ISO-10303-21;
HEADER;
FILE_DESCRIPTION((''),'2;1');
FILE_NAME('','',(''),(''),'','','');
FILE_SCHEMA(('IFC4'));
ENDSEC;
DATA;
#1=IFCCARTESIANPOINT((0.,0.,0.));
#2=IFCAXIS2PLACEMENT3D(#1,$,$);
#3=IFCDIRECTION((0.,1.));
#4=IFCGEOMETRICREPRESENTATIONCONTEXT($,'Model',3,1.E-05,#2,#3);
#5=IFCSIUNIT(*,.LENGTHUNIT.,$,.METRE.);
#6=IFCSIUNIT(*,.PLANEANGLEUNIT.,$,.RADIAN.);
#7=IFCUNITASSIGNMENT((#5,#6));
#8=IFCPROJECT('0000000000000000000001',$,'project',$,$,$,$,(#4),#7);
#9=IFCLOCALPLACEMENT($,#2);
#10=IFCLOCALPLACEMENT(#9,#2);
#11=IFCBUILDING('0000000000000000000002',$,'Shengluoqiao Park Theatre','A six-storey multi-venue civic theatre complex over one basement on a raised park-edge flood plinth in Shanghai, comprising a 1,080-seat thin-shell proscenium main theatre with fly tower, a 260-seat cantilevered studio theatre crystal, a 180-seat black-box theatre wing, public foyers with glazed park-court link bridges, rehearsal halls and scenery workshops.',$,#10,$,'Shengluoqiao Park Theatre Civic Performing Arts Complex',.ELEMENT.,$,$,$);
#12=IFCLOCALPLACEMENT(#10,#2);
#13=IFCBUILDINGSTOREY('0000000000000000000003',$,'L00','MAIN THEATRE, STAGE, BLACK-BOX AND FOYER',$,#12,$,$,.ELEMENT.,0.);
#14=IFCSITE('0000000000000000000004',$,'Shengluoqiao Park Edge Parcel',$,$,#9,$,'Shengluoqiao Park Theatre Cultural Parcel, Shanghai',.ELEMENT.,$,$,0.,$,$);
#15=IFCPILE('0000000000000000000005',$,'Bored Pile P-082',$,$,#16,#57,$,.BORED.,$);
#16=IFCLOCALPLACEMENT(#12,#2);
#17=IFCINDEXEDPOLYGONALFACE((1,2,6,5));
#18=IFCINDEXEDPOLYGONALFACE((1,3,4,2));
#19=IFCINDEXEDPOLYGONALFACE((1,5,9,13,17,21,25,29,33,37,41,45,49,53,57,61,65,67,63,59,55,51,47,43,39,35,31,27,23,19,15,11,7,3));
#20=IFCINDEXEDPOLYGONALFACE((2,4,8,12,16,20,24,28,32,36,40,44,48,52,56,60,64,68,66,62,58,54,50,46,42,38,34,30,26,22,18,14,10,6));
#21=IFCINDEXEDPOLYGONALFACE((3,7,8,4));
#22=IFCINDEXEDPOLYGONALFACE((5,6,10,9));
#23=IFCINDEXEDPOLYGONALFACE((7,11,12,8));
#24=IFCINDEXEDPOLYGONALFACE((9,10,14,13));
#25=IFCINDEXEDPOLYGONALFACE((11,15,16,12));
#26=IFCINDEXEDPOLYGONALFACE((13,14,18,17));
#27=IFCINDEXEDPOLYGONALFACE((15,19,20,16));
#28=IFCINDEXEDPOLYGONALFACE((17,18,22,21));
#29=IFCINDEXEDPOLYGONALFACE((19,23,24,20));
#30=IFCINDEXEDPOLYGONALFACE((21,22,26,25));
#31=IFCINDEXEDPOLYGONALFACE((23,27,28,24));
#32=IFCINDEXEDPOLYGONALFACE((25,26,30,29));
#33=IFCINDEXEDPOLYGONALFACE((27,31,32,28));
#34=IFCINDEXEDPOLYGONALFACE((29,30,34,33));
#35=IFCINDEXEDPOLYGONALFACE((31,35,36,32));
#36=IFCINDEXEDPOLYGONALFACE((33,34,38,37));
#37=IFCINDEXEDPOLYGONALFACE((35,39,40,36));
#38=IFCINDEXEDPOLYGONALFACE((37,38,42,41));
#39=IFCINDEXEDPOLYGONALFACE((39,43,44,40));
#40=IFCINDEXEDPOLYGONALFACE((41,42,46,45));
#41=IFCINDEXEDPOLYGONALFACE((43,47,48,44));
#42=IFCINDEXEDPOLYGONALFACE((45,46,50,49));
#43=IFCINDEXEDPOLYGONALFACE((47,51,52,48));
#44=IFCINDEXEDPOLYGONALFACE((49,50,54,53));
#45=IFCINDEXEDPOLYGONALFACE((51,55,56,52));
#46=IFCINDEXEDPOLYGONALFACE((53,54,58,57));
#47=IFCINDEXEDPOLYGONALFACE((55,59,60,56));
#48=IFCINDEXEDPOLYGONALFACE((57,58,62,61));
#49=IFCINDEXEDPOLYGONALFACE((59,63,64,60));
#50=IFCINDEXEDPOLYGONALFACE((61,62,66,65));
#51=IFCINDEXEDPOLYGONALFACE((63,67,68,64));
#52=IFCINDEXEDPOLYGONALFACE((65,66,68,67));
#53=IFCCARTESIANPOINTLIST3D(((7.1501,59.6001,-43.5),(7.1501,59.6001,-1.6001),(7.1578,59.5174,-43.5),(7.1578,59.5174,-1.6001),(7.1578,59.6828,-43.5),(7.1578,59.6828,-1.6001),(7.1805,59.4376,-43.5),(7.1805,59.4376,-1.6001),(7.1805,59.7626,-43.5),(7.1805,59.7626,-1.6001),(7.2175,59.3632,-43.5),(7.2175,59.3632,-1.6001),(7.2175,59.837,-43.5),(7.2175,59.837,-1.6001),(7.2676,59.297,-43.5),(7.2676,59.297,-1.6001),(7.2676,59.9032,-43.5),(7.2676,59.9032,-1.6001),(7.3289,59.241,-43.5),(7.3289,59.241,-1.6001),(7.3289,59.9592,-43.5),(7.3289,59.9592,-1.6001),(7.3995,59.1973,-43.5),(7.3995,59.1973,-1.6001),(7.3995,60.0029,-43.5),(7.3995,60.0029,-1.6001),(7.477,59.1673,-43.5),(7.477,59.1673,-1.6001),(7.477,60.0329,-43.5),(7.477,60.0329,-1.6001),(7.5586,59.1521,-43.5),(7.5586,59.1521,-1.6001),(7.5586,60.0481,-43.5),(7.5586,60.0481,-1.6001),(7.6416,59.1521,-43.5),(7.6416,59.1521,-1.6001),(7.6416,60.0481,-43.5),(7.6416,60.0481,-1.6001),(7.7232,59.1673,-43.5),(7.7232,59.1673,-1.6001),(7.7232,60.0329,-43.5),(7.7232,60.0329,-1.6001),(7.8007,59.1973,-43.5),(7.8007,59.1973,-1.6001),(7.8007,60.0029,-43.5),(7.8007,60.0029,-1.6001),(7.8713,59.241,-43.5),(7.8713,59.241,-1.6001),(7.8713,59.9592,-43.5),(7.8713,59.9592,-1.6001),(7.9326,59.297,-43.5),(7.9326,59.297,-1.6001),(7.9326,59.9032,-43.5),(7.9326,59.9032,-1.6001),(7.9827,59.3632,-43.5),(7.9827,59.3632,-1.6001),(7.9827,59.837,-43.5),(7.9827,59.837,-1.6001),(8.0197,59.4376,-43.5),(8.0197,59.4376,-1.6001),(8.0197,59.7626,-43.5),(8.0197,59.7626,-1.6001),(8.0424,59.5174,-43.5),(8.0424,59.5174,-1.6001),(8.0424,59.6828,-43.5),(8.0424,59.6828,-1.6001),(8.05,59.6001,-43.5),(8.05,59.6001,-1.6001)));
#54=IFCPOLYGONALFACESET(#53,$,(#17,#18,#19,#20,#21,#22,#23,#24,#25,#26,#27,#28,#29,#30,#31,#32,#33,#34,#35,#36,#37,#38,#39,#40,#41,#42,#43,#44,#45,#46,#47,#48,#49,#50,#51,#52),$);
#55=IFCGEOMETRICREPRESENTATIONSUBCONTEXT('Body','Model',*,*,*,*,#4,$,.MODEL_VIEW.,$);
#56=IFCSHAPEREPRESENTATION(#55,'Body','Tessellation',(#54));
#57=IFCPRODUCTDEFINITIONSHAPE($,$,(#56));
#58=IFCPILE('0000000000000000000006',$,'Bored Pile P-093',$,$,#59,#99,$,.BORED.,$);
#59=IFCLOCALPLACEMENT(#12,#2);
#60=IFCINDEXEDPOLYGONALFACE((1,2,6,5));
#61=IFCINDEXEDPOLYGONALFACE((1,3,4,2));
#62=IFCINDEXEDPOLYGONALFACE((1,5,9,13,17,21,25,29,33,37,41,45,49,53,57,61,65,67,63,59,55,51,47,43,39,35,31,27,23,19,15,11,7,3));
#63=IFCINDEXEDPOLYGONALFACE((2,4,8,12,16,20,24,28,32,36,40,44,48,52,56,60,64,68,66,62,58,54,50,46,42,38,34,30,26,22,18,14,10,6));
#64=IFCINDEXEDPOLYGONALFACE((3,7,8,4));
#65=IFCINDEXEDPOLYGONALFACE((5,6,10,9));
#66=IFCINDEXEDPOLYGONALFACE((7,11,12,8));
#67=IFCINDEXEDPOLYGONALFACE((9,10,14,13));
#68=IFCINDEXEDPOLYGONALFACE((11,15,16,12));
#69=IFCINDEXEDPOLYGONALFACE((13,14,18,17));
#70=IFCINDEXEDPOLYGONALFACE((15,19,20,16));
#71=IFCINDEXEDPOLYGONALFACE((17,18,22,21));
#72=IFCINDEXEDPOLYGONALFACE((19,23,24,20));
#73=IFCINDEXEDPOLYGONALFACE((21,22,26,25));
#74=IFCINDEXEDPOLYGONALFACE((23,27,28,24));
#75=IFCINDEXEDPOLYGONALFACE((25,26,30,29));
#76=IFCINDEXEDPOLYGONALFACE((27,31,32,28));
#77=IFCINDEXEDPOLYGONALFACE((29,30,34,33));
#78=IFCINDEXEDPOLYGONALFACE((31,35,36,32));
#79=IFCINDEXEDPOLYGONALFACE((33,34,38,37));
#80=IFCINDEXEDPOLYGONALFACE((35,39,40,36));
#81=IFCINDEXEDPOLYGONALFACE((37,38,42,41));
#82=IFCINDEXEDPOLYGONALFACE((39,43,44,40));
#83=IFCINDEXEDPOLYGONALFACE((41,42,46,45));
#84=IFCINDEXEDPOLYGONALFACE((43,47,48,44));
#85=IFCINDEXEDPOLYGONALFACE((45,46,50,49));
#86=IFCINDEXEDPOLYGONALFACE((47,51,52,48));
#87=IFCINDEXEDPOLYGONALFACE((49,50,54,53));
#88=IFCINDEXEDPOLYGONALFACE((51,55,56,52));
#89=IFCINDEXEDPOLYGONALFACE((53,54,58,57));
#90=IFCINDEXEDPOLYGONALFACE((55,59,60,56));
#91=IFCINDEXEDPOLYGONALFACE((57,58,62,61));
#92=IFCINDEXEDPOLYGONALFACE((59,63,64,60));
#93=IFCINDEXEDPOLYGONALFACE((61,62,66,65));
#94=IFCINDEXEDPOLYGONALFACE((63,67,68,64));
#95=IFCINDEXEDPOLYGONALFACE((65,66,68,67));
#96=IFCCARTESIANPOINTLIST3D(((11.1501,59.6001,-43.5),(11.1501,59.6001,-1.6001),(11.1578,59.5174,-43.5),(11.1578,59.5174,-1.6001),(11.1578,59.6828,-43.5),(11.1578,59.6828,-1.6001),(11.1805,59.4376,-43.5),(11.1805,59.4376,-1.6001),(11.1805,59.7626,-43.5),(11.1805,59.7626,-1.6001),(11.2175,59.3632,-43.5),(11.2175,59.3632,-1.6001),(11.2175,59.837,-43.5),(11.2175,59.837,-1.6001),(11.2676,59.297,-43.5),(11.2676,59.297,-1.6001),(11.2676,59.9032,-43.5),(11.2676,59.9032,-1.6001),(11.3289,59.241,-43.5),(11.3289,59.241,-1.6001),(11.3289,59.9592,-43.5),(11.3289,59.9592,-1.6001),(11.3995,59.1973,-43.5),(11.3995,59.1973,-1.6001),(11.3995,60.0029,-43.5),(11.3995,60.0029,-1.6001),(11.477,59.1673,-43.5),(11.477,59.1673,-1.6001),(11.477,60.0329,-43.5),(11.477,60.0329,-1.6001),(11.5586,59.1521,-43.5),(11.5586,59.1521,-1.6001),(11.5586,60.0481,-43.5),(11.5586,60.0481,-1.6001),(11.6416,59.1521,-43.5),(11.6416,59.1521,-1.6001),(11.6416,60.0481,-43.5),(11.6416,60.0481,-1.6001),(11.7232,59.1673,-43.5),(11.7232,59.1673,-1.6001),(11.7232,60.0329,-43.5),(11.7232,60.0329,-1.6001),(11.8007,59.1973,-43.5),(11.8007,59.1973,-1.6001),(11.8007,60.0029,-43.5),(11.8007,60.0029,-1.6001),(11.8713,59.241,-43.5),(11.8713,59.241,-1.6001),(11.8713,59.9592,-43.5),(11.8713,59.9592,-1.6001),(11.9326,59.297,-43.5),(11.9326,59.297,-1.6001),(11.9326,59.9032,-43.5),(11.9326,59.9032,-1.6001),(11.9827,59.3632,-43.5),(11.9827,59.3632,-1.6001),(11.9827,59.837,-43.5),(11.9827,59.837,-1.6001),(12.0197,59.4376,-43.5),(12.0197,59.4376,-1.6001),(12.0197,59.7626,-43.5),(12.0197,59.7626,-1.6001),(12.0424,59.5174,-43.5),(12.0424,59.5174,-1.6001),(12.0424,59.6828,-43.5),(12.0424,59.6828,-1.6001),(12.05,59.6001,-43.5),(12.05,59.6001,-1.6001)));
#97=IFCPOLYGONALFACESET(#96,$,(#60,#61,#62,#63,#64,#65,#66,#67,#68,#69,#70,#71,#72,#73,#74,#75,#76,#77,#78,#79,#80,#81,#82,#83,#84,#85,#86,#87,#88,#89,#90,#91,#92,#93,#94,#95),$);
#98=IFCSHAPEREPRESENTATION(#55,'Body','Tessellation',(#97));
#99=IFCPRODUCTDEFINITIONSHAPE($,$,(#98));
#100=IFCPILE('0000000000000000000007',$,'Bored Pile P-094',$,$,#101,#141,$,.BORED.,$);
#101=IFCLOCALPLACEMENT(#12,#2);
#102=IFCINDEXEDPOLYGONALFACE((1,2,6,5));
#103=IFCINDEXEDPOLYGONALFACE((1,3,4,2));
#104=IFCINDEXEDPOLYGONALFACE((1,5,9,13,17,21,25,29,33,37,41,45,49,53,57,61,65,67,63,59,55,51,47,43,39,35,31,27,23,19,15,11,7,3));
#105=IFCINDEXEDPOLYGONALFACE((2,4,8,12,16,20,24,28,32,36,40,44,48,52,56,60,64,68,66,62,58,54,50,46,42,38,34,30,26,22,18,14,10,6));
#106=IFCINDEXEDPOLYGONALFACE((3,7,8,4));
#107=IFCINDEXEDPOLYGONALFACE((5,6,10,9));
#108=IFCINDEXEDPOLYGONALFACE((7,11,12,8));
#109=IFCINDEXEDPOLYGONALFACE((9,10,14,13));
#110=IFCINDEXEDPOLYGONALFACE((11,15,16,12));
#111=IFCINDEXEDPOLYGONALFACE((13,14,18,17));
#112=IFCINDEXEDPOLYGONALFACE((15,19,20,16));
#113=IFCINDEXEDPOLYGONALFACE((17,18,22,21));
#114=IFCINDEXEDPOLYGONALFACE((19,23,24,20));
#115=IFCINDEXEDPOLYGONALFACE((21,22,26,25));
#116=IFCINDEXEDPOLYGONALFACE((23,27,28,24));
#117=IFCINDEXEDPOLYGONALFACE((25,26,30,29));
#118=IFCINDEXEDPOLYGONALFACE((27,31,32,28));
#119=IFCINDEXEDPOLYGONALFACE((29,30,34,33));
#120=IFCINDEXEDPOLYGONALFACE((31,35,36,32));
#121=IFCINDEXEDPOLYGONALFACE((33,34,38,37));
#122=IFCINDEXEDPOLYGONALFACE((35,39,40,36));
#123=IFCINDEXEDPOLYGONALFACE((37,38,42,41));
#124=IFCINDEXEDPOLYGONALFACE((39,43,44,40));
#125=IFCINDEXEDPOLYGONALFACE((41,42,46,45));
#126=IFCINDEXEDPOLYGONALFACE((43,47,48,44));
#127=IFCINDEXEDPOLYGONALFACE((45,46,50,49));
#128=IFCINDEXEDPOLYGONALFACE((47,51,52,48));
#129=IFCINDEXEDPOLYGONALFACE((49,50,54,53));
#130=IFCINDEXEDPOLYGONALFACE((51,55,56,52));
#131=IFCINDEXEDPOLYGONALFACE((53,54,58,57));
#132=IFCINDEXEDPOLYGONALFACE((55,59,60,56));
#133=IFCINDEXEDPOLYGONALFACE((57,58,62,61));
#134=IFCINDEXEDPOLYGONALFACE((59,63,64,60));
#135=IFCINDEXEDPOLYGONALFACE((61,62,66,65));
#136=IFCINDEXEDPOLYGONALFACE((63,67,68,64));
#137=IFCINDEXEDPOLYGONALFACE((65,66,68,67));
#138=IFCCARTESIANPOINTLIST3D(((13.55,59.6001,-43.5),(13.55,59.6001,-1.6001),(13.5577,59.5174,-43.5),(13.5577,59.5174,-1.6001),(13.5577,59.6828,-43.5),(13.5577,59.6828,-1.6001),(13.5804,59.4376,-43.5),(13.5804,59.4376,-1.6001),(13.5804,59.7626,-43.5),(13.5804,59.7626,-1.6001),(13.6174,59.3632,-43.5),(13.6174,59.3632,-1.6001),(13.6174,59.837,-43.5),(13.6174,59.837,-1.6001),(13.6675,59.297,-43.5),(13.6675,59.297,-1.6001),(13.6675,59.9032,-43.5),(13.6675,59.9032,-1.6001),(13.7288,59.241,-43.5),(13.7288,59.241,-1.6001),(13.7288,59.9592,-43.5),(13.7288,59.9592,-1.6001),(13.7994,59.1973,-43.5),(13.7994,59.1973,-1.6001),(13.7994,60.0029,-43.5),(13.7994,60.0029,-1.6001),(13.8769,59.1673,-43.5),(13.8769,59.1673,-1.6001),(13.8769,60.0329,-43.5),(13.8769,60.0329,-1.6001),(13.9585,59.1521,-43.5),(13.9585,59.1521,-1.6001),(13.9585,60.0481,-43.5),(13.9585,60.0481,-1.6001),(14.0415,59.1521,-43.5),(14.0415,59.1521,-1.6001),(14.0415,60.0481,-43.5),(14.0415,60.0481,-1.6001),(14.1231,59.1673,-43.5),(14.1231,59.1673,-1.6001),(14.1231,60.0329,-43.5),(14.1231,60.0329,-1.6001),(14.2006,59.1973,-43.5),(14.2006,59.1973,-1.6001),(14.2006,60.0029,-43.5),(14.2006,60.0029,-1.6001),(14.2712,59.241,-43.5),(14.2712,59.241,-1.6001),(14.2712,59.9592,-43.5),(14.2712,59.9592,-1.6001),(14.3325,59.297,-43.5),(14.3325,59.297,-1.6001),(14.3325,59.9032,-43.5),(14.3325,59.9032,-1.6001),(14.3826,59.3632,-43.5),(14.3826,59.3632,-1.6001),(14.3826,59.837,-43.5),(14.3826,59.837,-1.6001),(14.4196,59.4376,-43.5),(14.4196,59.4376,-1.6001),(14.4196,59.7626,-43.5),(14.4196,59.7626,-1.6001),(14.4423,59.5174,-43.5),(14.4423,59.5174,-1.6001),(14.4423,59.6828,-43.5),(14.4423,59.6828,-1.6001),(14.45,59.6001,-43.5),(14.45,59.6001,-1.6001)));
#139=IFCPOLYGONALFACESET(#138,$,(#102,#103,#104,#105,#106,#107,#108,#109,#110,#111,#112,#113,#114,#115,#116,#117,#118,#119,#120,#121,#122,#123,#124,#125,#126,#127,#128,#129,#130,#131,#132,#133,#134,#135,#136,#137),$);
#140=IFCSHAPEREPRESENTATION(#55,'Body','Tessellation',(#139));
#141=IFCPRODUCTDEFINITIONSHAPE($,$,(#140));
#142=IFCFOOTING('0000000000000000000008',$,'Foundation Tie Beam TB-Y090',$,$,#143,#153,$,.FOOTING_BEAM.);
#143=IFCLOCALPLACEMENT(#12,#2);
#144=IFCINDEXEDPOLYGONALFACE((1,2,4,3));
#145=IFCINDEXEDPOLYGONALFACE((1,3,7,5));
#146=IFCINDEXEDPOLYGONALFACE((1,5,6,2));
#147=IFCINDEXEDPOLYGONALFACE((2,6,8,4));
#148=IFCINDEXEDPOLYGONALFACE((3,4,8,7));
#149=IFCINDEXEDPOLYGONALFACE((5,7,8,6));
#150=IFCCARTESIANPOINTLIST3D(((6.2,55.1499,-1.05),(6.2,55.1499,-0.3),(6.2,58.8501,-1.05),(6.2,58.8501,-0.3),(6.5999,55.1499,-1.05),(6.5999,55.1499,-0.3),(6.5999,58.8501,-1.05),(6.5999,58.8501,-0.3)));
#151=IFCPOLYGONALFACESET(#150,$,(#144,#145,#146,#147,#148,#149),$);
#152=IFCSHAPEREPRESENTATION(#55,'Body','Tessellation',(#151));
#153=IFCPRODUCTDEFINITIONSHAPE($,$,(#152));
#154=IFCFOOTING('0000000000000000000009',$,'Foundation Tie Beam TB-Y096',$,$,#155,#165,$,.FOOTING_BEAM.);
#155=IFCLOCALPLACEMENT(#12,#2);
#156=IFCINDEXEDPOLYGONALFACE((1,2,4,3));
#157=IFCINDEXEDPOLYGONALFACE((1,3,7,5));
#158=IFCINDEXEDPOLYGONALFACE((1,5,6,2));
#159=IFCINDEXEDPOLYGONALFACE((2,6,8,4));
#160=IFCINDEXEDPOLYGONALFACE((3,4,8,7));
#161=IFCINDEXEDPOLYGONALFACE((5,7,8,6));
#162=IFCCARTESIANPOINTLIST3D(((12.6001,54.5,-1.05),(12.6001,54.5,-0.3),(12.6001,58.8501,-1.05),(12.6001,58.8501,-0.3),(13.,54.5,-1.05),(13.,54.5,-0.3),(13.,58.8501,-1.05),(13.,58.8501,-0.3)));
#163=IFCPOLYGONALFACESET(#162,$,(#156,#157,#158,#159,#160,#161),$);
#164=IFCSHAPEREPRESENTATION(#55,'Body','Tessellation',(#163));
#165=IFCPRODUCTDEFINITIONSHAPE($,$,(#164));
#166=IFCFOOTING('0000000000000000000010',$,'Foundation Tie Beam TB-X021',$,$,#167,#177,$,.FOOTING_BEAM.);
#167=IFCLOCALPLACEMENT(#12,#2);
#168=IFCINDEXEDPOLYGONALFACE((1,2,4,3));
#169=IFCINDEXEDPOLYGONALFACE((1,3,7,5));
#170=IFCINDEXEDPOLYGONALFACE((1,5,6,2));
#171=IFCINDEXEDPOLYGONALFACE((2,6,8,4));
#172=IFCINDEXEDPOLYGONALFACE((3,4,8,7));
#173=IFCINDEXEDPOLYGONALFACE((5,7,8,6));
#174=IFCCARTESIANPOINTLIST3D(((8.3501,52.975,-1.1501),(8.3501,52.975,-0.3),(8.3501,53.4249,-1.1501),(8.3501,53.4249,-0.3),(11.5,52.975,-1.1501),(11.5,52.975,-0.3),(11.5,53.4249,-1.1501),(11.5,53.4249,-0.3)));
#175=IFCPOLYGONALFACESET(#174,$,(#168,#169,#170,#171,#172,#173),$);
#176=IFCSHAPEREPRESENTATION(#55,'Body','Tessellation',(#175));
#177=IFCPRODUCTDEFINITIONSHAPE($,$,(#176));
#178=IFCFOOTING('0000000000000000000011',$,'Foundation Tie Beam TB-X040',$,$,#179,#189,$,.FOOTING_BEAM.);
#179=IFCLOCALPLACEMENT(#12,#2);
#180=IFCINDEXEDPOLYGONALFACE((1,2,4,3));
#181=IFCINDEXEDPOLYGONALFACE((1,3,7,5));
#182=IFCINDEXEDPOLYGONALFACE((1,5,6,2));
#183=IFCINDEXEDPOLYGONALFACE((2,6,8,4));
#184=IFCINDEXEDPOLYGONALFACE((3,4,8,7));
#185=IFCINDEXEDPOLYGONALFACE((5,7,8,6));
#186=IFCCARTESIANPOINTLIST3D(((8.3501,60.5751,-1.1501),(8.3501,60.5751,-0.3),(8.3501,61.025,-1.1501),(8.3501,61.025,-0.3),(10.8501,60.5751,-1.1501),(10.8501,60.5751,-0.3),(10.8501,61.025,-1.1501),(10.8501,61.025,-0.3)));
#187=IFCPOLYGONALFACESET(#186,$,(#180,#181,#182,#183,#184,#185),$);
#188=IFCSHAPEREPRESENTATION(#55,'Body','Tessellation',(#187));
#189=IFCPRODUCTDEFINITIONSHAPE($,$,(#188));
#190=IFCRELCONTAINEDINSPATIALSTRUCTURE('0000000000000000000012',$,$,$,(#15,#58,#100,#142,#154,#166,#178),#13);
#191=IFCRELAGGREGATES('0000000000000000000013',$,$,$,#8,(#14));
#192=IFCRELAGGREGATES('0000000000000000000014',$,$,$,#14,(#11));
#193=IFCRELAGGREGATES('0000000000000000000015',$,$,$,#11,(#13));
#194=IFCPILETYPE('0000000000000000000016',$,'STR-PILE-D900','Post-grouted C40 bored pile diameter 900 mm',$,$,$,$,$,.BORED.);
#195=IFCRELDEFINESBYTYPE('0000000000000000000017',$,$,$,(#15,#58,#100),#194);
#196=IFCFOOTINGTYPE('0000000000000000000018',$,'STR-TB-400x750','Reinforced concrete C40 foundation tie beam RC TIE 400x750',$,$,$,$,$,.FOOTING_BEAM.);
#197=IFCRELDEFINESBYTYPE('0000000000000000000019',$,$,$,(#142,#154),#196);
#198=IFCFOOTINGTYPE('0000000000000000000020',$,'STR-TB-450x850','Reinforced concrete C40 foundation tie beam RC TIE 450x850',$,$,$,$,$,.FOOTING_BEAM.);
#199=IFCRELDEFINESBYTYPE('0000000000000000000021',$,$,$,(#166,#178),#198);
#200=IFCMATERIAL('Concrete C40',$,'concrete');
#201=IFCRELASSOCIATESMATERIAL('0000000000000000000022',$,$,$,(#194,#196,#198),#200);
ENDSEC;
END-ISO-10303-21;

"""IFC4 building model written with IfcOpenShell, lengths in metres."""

from ifc_helpers import new_model, si_unit, direction, frame, origin, origin_2d, place, context, subcontext, project, spatial, rectangle, circle, extrude, material, material_profile, profile_set, type_object, element, save


model = new_model("IFC4")

# Units and contexts
model_context = context("Model", 3, precision=1e-05, world=origin(), true_north=direction((0.0, 1.0)))
body_context = subcontext(model_context, "Body", "Model", "MODEL_VIEW")
ifc_project = project(units=[si_unit("LENGTHUNIT", "METRE"), si_unit("PLANEANGLEUNIT", "RADIAN")], contexts=[model_context])

# Site, building, storey
site_placement = place(None, origin())
site = spatial("IfcSite", under=ifc_project, at=site_placement, Name="Shengluoqiao Park Edge Parcel", LongName="Shengluoqiao Park Theatre Cultural Parcel, Shanghai", CompositionType="ELEMENT", RefElevation=0.0)
building_placement = place(site_placement, origin())
building = spatial("IfcBuilding", under=site, at=building_placement, Name="Shengluoqiao Park Theatre", Description="A six-storey multi-venue civic theatre complex over one basement on a raised park-edge flood plinth in Shanghai, comprising a 1,080-seat thin-shell proscenium main theatre with fly tower, a 260-seat cantilevered studio theatre crystal, a 180-seat black-box theatre wing, public foyers with glazed park-court link bridges, rehearsal halls and scenery workshops.", LongName="Shengluoqiao Park Theatre Civic Performing Arts Complex", CompositionType="ELEMENT")
storey_placement = place(building_placement, origin())
storey = spatial("IfcBuildingStorey", under=building, at=storey_placement, Name="L00", Description="MAIN THEATRE, STAGE, BLACK-BOX AND FOYER", CompositionType="ELEMENT", Elevation=0.0)

# Shared definitions
ifc_material_1 = material(Name="Concrete C40", Category="concrete")

# Piles
ifc_material_profile_1 = material_profile(ifc_material_1, circle(Radius=0.45, at=origin_2d()), Name="BORED PILE D900")
ifc_profile_set_1 = profile_set([ifc_material_profile_1], Name="Concrete C40")
pile_type = type_object("IfcPileType", Name="STR-PILE-D900", Description="Post-grouted C40 bored pile diameter 900 mm", PredefinedType="BORED", material=ifc_profile_set_1)
for number, where, z_axis, x_axis, name in (
    (1, (7.6001, 59.6001, -1.6001), (0.0, 0.0, -1.0), (1.0, 0.0, 0.0), "Bored Pile P-082"),
    (2, (11.6001, 59.6001, -1.6001), (0.0, 0.0, -1.0), (1.0, 0.0, 0.0), "Bored Pile P-093"),
    (3, (14.0, 59.6001, -1.6001), (0.0, 0.0, -1.0), (1.0, 0.0, 0.0), "Bored Pile P-094"),
):
    element("IfcPile", number, at=place(storey_placement, frame(where, z_axis=z_axis, x_axis=x_axis)), inside=storey, type_object=pile_type, Name=name, PredefinedType="BORED", context=body_context, shape_type="SweptSolid", body=[
        extrude(circle(Radius=0.45, at=origin_2d()), origin(), (0.0, 0.0, 1.0), 41.8999),
    ])

# Footings
ifc_material_profile_2 = material_profile(ifc_material_1, rectangle(XDim=0.3999, YDim=0.75, at=origin_2d()), Name="RC TIE 400x750")
ifc_profile_set_2 = profile_set([ifc_material_profile_2], Name="Concrete C40")
footing_type_1 = type_object("IfcFootingType", Name="STR-TB-400x750", Description="Reinforced concrete C40 foundation tie beam RC TIE 400x750", PredefinedType="FOOTING_BEAM", material=ifc_profile_set_2)
footing_1_placement = place(storey_placement, frame((6.3999, 55.1499, -0.675), z_axis=(0.0, 1.0, 0.0), x_axis=(-1.0, 0.0, 0.0)))
element("IfcFooting", 4, at=footing_1_placement, inside=storey, type_object=footing_type_1, Name="Foundation Tie Beam TB-Y090", PredefinedType="FOOTING_BEAM", context=body_context, shape_type="SweptSolid", body=[
    extrude(rectangle(XDim=0.3999, YDim=0.75, at=origin_2d()), origin(), (0.0, 0.0, 1.0), 3.7002),
])
footing_2_placement = place(storey_placement, frame((12.8, 54.5, -0.675), z_axis=(0.0, 1.0, 0.0), x_axis=(-1.0, 0.0, 0.0)))
element("IfcFooting", 5, at=footing_2_placement, inside=storey, type_object=footing_type_1, Name="Foundation Tie Beam TB-Y096", PredefinedType="FOOTING_BEAM", context=body_context, shape_type="SweptSolid", body=[
    extrude(rectangle(XDim=0.3999, YDim=0.75, at=origin_2d()), origin(), (0.0, 0.0, 1.0), 4.3501),
])
ifc_material_profile_3 = material_profile(ifc_material_1, rectangle(XDim=0.45, YDim=0.8501, at=origin_2d()), Name="RC TIE 450x850")
ifc_profile_set_3 = profile_set([ifc_material_profile_3], Name="Concrete C40")
footing_type_2 = type_object("IfcFootingType", Name="STR-TB-450x850", Description="Reinforced concrete C40 foundation tie beam RC TIE 450x850", PredefinedType="FOOTING_BEAM", material=ifc_profile_set_3)
footing_3_placement = place(storey_placement, frame((8.3501, 53.2, -0.7251), z_axis=(1.0, 0.0, 0.0), x_axis=(0.0, 1.0, 0.0)))
element("IfcFooting", 6, at=footing_3_placement, inside=storey, type_object=footing_type_2, Name="Foundation Tie Beam TB-X021", PredefinedType="FOOTING_BEAM", context=body_context, shape_type="SweptSolid", body=[
    extrude(rectangle(XDim=0.45, YDim=0.8501, at=origin_2d()), origin(), (0.0, 0.0, 1.0), 3.1499),
])
footing_4_placement = place(storey_placement, frame((8.3501, 60.8, -0.7251), z_axis=(1.0, 0.0, 0.0), x_axis=(0.0, 1.0, 0.0)))
element("IfcFooting", 7, at=footing_4_placement, inside=storey, type_object=footing_type_2, Name="Foundation Tie Beam TB-X040", PredefinedType="FOOTING_BEAM", context=body_context, shape_type="SweptSolid", body=[
    extrude(rectangle(XDim=0.45, YDim=0.8501, at=origin_2d()), origin(), (0.0, 0.0, 1.0), 2.5),
])

save(model, "model.ifc")
